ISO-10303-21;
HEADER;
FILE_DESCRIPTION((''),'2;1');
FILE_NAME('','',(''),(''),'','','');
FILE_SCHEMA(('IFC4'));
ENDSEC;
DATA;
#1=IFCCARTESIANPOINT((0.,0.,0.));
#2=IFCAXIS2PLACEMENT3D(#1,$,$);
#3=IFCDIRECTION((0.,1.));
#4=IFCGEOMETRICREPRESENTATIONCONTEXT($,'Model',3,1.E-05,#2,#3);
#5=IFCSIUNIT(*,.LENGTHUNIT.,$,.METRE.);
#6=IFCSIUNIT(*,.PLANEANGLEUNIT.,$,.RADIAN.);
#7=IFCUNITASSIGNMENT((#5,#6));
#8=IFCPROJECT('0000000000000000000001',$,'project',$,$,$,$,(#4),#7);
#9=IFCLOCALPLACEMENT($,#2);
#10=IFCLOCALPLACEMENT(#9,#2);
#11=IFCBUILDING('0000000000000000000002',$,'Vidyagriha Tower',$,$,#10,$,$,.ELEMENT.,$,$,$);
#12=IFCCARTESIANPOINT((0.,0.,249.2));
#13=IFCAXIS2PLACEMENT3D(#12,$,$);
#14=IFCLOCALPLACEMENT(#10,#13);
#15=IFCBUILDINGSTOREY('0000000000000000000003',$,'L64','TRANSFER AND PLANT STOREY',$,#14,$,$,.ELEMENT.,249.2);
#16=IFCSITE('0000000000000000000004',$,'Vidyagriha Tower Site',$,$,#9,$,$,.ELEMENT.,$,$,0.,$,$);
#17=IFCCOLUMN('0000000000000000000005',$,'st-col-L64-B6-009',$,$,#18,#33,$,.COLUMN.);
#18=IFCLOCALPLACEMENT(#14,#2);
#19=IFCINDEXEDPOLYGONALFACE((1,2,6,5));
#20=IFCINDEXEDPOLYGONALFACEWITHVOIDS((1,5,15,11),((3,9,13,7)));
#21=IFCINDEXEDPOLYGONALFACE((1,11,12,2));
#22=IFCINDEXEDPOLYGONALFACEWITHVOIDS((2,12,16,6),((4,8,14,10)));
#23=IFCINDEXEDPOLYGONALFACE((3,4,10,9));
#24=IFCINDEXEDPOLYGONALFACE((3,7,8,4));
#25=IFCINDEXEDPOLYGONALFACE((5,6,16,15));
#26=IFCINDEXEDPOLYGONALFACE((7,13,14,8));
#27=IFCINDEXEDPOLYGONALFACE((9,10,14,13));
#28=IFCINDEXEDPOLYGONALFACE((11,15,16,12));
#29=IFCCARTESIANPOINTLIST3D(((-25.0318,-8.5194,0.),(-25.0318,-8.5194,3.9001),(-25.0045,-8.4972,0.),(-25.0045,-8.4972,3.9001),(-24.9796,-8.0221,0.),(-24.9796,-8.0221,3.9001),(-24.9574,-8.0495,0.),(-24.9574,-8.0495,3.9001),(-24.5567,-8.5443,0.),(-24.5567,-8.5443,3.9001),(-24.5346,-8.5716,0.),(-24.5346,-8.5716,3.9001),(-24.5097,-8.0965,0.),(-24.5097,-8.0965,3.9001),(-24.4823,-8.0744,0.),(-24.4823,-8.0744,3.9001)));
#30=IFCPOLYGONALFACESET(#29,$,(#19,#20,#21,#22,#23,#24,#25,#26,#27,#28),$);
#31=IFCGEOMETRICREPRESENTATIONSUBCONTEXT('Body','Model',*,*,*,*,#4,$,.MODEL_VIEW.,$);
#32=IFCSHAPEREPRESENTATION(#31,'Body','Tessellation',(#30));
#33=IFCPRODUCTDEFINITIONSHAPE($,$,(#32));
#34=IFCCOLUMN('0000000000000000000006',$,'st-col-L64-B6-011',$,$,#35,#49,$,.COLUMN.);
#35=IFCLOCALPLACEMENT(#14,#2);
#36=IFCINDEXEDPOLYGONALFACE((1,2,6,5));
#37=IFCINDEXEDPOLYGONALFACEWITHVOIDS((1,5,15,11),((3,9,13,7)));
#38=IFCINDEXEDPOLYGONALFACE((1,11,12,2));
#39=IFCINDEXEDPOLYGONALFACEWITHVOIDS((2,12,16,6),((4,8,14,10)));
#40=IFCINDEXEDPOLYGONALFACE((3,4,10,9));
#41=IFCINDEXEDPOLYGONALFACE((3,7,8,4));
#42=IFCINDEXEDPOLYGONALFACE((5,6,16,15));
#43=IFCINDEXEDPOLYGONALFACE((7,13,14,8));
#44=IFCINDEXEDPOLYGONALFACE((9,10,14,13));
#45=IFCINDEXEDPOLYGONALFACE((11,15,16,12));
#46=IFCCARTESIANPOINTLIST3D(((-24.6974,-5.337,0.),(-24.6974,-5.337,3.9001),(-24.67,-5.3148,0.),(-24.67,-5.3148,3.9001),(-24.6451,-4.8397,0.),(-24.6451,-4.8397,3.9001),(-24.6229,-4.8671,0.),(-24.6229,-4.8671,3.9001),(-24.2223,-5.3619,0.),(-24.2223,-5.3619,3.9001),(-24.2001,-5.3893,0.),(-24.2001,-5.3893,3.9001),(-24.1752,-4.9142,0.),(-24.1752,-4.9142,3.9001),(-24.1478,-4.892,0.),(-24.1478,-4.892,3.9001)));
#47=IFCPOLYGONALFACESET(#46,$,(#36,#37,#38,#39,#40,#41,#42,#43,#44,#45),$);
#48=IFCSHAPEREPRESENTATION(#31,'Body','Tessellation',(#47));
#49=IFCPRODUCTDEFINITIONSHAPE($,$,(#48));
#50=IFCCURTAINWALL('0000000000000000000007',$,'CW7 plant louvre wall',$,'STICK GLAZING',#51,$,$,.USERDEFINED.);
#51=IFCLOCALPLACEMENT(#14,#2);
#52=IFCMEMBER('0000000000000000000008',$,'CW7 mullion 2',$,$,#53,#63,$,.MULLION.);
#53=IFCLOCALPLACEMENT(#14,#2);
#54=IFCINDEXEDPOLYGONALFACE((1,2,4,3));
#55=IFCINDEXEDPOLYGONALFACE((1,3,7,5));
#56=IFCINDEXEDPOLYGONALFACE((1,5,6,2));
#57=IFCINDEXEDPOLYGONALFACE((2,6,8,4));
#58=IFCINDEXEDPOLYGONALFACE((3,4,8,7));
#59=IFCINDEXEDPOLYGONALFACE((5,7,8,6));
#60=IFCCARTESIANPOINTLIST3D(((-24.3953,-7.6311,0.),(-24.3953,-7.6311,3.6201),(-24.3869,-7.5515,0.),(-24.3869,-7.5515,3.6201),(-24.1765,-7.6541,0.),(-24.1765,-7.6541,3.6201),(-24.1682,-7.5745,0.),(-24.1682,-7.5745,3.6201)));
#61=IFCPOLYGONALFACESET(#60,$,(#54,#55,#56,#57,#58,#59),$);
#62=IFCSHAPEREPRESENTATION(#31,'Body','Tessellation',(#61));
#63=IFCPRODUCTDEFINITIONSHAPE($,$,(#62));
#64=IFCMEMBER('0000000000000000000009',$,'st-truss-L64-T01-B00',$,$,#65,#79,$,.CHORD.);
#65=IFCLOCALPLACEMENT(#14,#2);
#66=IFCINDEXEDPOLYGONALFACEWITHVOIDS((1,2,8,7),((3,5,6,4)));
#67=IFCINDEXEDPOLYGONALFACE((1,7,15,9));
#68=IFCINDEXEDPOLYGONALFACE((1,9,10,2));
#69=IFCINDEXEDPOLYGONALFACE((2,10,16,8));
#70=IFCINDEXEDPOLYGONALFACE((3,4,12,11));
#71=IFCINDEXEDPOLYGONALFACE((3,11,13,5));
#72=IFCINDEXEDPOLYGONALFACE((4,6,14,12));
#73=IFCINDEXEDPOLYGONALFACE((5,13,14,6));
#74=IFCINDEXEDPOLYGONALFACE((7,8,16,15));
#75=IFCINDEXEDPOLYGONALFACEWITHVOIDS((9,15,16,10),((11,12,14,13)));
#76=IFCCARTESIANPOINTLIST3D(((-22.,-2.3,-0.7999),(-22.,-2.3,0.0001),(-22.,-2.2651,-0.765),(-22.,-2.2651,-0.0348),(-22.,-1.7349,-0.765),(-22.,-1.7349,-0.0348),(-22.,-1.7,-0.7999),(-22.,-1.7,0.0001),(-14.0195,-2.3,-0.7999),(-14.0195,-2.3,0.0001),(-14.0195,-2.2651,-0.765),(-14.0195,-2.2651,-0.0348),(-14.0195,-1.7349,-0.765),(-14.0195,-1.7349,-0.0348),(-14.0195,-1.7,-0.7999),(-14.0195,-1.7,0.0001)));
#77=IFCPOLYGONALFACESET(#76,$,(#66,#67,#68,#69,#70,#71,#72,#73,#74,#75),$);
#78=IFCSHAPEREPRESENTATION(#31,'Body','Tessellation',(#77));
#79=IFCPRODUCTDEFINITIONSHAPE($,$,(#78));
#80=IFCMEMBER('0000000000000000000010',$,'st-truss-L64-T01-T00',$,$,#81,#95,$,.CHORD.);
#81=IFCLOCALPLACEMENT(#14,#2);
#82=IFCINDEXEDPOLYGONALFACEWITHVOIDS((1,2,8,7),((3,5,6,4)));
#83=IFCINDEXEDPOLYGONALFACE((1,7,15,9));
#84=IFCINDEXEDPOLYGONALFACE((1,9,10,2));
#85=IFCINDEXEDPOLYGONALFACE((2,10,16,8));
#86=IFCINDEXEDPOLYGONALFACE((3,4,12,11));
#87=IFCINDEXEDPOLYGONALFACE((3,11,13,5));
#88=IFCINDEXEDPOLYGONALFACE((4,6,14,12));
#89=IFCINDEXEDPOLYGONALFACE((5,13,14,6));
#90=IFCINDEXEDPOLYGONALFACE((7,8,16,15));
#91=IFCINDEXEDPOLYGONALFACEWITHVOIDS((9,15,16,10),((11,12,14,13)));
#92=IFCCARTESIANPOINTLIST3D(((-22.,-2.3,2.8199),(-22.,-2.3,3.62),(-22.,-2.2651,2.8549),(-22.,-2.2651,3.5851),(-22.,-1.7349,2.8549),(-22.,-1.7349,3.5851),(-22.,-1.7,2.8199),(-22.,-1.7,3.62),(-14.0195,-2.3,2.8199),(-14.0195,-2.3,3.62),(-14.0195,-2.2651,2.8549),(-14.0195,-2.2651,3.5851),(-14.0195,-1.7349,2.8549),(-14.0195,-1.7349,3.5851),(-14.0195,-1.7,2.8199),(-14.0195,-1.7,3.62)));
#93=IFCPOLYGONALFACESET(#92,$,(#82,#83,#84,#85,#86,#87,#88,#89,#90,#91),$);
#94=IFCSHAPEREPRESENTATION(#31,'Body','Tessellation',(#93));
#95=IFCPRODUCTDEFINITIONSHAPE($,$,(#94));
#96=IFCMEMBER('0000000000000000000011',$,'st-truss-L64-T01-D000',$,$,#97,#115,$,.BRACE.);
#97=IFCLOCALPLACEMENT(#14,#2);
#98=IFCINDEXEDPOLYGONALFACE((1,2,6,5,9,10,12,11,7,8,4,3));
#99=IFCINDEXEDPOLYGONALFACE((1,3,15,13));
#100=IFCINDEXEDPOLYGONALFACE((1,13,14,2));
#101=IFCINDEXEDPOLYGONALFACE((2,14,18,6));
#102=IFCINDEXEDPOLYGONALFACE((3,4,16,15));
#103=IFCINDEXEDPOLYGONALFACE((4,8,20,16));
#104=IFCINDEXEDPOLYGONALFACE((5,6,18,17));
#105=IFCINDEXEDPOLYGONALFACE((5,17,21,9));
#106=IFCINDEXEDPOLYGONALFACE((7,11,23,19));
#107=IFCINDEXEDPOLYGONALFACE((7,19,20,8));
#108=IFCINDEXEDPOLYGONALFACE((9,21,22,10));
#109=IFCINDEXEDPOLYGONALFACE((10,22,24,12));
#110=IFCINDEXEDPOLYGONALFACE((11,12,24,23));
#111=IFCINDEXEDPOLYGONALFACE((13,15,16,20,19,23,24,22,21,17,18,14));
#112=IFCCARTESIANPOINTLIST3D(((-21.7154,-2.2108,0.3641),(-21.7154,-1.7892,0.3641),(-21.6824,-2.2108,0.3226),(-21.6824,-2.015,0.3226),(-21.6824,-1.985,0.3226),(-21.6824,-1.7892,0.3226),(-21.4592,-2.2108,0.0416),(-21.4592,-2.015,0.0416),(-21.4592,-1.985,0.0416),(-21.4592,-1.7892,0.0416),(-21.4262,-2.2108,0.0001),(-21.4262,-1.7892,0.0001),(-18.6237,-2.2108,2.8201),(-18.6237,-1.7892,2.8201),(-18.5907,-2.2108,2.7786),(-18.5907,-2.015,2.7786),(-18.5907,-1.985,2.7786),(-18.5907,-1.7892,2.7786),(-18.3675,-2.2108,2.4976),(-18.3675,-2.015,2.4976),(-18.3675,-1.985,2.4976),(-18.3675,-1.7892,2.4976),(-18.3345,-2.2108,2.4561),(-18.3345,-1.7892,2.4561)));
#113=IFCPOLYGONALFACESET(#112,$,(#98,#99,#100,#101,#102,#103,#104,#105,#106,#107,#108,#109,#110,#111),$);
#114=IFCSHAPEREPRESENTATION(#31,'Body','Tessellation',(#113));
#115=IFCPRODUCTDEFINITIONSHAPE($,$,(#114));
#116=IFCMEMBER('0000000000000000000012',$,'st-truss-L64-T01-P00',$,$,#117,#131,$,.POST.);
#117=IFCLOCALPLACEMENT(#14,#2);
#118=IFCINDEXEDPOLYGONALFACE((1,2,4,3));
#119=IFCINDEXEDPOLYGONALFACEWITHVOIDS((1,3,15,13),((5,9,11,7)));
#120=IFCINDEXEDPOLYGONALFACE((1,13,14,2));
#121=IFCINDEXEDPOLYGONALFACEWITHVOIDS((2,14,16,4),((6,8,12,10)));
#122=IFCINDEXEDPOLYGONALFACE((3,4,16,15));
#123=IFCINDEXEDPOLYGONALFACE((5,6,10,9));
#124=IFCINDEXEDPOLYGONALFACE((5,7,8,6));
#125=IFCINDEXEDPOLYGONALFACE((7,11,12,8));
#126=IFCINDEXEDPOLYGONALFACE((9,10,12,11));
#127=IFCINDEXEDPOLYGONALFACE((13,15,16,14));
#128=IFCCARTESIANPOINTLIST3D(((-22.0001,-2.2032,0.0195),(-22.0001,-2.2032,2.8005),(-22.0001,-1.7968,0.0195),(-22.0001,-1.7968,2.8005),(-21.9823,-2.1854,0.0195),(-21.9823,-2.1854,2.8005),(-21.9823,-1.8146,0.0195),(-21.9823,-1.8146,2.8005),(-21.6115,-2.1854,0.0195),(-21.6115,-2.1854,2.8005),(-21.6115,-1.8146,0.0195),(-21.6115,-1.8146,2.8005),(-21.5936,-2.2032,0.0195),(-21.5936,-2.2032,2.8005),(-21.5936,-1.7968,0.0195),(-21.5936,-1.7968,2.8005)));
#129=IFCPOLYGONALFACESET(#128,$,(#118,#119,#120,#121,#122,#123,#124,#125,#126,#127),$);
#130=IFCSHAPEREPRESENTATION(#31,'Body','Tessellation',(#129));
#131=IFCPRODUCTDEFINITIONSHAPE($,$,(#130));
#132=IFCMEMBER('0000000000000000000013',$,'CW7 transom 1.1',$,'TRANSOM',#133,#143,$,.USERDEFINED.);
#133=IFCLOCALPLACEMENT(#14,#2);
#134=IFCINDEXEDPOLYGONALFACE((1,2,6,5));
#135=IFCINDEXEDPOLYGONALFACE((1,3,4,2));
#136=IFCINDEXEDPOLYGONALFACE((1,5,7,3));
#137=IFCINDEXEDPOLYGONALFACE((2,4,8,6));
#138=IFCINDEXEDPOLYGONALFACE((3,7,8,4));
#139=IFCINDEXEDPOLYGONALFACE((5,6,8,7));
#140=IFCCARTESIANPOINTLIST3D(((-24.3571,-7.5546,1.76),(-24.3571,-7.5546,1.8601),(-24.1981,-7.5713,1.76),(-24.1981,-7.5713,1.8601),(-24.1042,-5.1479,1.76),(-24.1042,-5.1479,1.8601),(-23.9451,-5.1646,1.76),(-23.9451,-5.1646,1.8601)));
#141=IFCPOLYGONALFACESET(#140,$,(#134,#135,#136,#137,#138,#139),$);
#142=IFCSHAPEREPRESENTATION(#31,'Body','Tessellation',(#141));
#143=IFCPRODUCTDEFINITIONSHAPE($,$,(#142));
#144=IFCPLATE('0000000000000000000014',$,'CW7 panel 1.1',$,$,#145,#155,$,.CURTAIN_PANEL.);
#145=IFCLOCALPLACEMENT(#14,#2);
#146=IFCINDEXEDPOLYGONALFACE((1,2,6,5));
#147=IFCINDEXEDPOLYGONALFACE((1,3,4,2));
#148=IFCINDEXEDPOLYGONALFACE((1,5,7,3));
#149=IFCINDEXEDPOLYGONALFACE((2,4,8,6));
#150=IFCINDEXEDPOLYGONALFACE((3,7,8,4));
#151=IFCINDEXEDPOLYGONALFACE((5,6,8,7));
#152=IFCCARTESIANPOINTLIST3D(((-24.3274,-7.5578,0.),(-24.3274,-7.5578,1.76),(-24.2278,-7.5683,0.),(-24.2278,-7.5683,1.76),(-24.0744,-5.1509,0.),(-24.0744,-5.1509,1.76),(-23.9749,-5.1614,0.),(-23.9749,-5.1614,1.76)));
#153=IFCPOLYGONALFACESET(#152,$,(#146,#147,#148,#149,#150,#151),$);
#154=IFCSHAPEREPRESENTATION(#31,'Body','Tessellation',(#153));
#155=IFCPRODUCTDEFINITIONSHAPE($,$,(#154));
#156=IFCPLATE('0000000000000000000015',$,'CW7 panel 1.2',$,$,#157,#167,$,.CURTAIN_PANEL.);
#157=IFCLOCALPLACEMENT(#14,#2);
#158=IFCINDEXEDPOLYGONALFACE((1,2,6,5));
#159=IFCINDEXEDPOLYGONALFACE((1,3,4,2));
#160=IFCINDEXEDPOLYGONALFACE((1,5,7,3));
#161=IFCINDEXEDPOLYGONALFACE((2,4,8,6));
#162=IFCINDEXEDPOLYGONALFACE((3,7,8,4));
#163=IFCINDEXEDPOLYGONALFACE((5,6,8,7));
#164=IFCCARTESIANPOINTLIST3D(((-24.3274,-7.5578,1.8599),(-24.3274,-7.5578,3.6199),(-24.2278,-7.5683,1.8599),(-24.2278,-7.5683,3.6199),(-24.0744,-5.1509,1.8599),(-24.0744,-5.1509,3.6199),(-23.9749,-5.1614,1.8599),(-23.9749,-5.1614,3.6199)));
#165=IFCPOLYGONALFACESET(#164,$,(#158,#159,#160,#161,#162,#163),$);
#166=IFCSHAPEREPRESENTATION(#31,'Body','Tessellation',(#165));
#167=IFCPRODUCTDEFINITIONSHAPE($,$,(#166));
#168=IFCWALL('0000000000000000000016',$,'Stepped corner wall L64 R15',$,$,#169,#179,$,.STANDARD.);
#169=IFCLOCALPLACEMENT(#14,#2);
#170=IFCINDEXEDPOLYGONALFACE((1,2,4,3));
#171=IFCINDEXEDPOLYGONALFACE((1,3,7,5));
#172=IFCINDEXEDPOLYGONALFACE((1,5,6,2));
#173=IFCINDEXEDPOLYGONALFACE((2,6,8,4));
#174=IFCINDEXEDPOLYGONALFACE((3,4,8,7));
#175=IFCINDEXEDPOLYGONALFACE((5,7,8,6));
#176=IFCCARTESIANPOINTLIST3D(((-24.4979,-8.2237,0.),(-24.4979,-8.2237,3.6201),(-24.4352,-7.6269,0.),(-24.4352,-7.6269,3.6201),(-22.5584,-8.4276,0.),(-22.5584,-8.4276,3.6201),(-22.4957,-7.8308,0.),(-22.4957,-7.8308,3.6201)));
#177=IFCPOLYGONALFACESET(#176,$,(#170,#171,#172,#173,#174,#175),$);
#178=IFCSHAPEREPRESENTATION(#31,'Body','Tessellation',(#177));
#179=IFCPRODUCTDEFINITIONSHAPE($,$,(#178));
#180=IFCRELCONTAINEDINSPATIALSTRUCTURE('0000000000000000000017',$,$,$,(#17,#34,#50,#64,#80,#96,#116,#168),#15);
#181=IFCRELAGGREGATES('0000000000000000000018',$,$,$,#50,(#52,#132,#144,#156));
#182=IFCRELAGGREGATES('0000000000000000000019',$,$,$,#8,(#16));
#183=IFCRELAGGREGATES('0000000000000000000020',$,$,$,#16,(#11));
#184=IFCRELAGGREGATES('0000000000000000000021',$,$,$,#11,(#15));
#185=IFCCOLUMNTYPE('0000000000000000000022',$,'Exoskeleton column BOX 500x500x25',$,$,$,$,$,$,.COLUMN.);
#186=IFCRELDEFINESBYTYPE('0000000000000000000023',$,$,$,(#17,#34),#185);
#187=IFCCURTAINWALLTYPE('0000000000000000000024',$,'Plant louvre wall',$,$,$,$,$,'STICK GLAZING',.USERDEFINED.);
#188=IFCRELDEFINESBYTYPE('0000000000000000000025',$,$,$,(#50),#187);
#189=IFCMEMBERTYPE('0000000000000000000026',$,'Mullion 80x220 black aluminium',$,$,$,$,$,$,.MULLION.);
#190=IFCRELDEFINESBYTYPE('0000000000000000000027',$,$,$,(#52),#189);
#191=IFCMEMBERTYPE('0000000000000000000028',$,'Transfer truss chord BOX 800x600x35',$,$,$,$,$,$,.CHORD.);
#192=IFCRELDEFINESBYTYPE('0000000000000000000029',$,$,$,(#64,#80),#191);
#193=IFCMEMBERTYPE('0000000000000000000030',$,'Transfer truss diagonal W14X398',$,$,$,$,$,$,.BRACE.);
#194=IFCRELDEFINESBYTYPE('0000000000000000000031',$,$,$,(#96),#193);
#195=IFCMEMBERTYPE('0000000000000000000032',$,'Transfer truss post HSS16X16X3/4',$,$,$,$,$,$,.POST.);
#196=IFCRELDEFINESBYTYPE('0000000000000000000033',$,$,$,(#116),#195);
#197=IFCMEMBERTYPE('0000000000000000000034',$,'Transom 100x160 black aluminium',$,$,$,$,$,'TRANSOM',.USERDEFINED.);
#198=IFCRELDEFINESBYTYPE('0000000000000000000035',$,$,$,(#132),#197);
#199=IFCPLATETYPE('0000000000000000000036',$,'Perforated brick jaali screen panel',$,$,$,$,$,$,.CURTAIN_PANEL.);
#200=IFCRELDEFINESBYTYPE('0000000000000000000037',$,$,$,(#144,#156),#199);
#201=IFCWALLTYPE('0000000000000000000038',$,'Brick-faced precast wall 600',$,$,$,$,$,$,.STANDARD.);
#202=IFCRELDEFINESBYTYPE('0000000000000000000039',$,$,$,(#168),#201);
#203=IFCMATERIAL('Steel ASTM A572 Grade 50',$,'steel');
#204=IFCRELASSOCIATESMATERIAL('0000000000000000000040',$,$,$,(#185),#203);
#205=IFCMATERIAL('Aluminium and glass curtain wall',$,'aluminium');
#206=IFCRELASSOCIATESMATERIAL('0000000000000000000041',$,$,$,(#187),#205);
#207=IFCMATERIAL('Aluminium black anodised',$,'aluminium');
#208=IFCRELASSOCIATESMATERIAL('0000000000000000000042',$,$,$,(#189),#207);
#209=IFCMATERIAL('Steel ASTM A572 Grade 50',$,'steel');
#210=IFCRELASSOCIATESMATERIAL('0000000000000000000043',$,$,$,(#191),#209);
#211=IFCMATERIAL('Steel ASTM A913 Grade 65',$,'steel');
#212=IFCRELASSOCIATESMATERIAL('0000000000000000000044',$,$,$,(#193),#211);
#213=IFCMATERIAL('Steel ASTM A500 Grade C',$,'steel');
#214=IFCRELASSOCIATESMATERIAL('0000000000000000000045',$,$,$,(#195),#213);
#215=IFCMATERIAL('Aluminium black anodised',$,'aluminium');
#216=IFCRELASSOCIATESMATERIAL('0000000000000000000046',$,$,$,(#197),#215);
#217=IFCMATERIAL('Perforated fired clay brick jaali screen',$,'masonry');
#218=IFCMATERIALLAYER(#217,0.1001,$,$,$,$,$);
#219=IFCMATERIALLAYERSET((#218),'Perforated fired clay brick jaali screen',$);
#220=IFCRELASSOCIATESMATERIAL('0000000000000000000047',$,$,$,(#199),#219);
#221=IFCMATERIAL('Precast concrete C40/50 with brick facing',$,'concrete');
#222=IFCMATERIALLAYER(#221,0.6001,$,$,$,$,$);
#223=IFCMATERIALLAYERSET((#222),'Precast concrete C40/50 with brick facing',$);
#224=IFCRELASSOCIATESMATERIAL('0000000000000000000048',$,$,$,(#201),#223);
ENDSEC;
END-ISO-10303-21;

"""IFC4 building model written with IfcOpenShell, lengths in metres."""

from ifc_helpers import new_model, si_unit, direction, frame, frame_2d, origin, origin_2d, place, context, subcontext, project, spatial, rectangle, hollow_rectangle, i_section, extrude, material, layer, layer_set, material_profile, profile_set, type_object, element, aggregate, save


model = new_model("IFC4")

# Units and contexts
model_context = context("Model", 3, precision=1e-05, world=origin(), true_north=direction((0.0, 1.0)))
body_context = subcontext(model_context, "Body", "Model", "MODEL_VIEW")
ifc_project = project(units=[si_unit("LENGTHUNIT", "METRE"), si_unit("PLANEANGLEUNIT", "RADIAN")], contexts=[model_context])

# Site, building, storey
site_placement = place(None, origin())
site = spatial("IfcSite", under=ifc_project, at=site_placement, Name="Vidyagriha Tower Site", CompositionType="ELEMENT", RefElevation=0.0)
building_placement = place(site_placement, origin())
building = spatial("IfcBuilding", under=site, at=building_placement, Name="Vidyagriha Tower", CompositionType="ELEMENT")
storey_placement = place(building_placement, frame((0.0, 0.0, 249.2)))
storey = spatial("IfcBuildingStorey", under=building, at=storey_placement, Name="L64", Description="TRANSFER AND PLANT STOREY", CompositionType="ELEMENT", Elevation=249.2)

# Columns
ifc_material_1 = material(Name="Steel ASTM A572 Grade 50", Category="steel")
ifc_material_profile_1 = material_profile(ifc_material_1, hollow_rectangle(XDim=0.5, YDim=0.5, WallThickness=0.0249, at=origin_2d()), Name="BOX 500x500x25")
ifc_profile_set_1 = profile_set([ifc_material_profile_1], Name="Steel ASTM A572 Grade 50")
column_type = type_object("IfcColumnType", Name="Exoskeleton column BOX 500x500x25", PredefinedType="COLUMN", material=ifc_profile_set_1)
for number, where, z_axis, x_axis, name in (
    (1, (-24.7571, -8.2969, 0.0), (0.0, 0.0, 1.0), (0.994522, -0.104528, 0.0), "st-col-L64-B6-009"),
    (2, (-24.4226, -5.1145, 0.0), (0.0, 0.0, 1.0), (0.994522, -0.104528, 0.0), "st-col-L64-B6-011"),
):
    element("IfcColumn", number, at=place(storey_placement, frame(where, z_axis=z_axis, x_axis=x_axis)), inside=storey, type_object=column_type, Name=name, PredefinedType="COLUMN", context=body_context, shape_type="SweptSolid", body=[
        extrude(hollow_rectangle(XDim=0.5, YDim=0.5, WallThickness=0.0249, at=origin_2d()), origin(), (0.0, 0.0, 1.0), 3.9001),
    ])

# Curtain wall, member
ifc_material_2 = material(Name="Aluminium and glass curtain wall", Category="aluminium")
curtain_wall_type = type_object("IfcCurtainWallType", Name="Plant louvre wall", ElementType="STICK GLAZING", PredefinedType="USERDEFINED", material=ifc_material_2)
curtain_wall_placement = place(storey_placement, origin())
curtain_wall = element("IfcCurtainWall", 3, at=curtain_wall_placement, inside=storey, type_object=curtain_wall_type, Name="CW7 plant louvre wall", ObjectType="STICK GLAZING", PredefinedType="USERDEFINED")
ifc_material_3 = material(Name="Aluminium black anodised", Category="aluminium")
ifc_material_profile_2 = material_profile(ifc_material_3, rectangle(XDim=0.22, YDim=0.0801, at=origin_2d()), Name="Mullion 80x220 black aluminium")
ifc_profile_set_2 = profile_set([ifc_material_profile_2], Name="Aluminium black anodised")
member_type_1 = type_object("IfcMemberType", Name="Mullion 80x220 black aluminium", PredefinedType="MULLION", material=ifc_profile_set_2)
member_1_placement = place(storey_placement, frame((-24.2817, -7.6028, 0.0), z_axis=(0.0, 0.0, 1.0), x_axis=(0.994523, -0.104516, 0.0)))
member_1 = element("IfcMember", 4, at=member_1_placement, type_object=member_type_1, Name="CW7 mullion 2", PredefinedType="MULLION", context=body_context, shape_type="SweptSolid", body=[
    extrude(rectangle(XDim=0.22, YDim=0.0801, at=origin_2d()), origin(), (0.0, 0.0, 1.0), 3.6201),
])

# Members
ifc_material_4 = material(Name="Steel ASTM A572 Grade 50", Category="steel")
ifc_material_profile_3 = material_profile(ifc_material_4, hollow_rectangle(XDim=0.6001, YDim=0.8, WallThickness=0.0349, at=origin_2d()), Name="BOX 800x600x35")
ifc_profile_set_3 = profile_set([ifc_material_profile_3], Name="Steel ASTM A572 Grade 50")
member_type_2 = type_object("IfcMemberType", Name="Transfer truss chord BOX 800x600x35", PredefinedType="CHORD", material=ifc_profile_set_3)
for number, where, z_axis, x_axis, name in (
    (5, (-22.0, -2.0, -0.3999), (1.0, 0.0, 0.0), (0.0, 1.0, 0.0), "st-truss-L64-T01-B00"),
    (6, (-22.0, -2.0, 3.22), (1.0, 0.0, 0.0), (0.0, 1.0, 0.0), "st-truss-L64-T01-T00"),
):
    element("IfcMember", number, at=place(storey_placement, frame(where, z_axis=z_axis, x_axis=x_axis)), inside=storey, type_object=member_type_2, Name=name, PredefinedType="CHORD", context=body_context, shape_type="SweptSolid", body=[
        extrude(hollow_rectangle(XDim=0.6001, YDim=0.8, WallThickness=0.0349, at=origin_2d()), origin(), (0.0, 0.0, 1.0), 7.9805),
    ])
ifc_material_5 = material(Name="Steel ASTM A913 Grade 65", Category="steel")
ifc_material_profile_4 = material_profile(ifc_material_5, i_section(OverallWidth=0.4216, OverallDepth=0.4648, WebThickness=0.03, FlangeThickness=0.053, at=origin_2d()), Name="W14X398")
ifc_profile_set_4 = profile_set([ifc_material_profile_4], Name="Steel ASTM A913 Grade 65")
member_type_3 = type_object("IfcMemberType", Name="Transfer truss diagonal W14X398", PredefinedType="BRACE", material=ifc_profile_set_4)
member_2_placement = place(storey_placement, frame((-21.5708, -2.0, 0.1821), z_axis=(0.783012, 0.0, 0.622007), x_axis=(0.0, 1.0, 0.0)))
element("IfcMember", 7, at=member_2_placement, inside=storey, type_object=member_type_3, Name="st-truss-L64-T01-D000", PredefinedType="BRACE", context=body_context, shape_type="SweptSolid", body=[
    extrude(i_section(OverallWidth=0.4216, OverallDepth=0.4648, WebThickness=0.03, FlangeThickness=0.053, at=origin_2d()), origin(), (0.0, 0.0, 1.0), 3.9485),
])
ifc_material_6 = material(Name="Steel ASTM A500 Grade C", Category="steel")
ifc_material_profile_5 = material_profile(ifc_material_6, hollow_rectangle(XDim=0.4065, YDim=0.4065, WallThickness=0.0178, at=origin_2d()), Name="HSS16X16X3/4")
ifc_profile_set_5 = profile_set([ifc_material_profile_5], Name="Steel ASTM A500 Grade C")
member_type_4 = type_object("IfcMemberType", Name="Transfer truss post HSS16X16X3/4", PredefinedType="POST", material=ifc_profile_set_5)
member_3_placement = place(storey_placement, frame((-21.7969, -2.0, 0.0195)))
element("IfcMember", 8, at=member_3_placement, inside=storey, type_object=member_type_4, Name="st-truss-L64-T01-P00", PredefinedType="POST", context=body_context, shape_type="SweptSolid", body=[
    extrude(hollow_rectangle(XDim=0.4065, YDim=0.4065, WallThickness=0.0178, at=origin_2d()), origin(), (0.0, 0.0, 1.0), 2.781),
])

# Member
ifc_material_7 = material(Name="Aluminium black anodised", Category="aluminium")
ifc_material_profile_6 = material_profile(ifc_material_7, rectangle(XDim=0.1599, YDim=0.1001, at=origin_2d()), Name="Transom 100x160 black aluminium")
ifc_profile_set_6 = profile_set([ifc_material_profile_6], Name="Aluminium black anodised")
member_type_5 = type_object("IfcMemberType", Name="Transom 100x160 black aluminium", ElementType="TRANSOM", PredefinedType="USERDEFINED", material=ifc_profile_set_6)
member_4_placement = place(storey_placement, frame((-24.0247, -5.1562, 1.8101), z_axis=(-0.104517, -0.994523, 0.0), x_axis=(0.994523, -0.104517, 0.0)))
member_4 = element("IfcMember", 9, at=member_4_placement, type_object=member_type_5, Name="CW7 transom 1.1", ObjectType="TRANSOM", PredefinedType="USERDEFINED", context=body_context, shape_type="SweptSolid", body=[
    extrude(rectangle(XDim=0.1599, YDim=0.1001, at=origin_2d()), origin(), (0.0, 0.0, 1.0), 2.4199),
])

# Plates
ifc_material_8 = material(Name="Perforated fired clay brick jaali screen", Category="masonry")
ifc_layer_1 = layer(ifc_material_8, 0.1001)
ifc_layer_set_1 = layer_set([ifc_layer_1], Name="Perforated fired clay brick jaali screen")
plate_type = type_object("IfcPlateType", Name="Perforated brick jaali screen panel", PredefinedType="CURTAIN_PANEL", material=ifc_layer_set_1)
plate_1_placement = place(storey_placement, frame((-24.1511, -6.3596, 0.0), z_axis=(0.0, 0.0, 1.0), x_axis=(-0.104516, -0.994523, 0.0)))
plate_1 = element("IfcPlate", 10, at=plate_1_placement, type_object=plate_type, Name="CW7 panel 1.1", PredefinedType="CURTAIN_PANEL", context=body_context, shape_type="SweptSolid", body=[
    extrude(rectangle(XDim=2.4202, YDim=0.1001, at=origin_2d()), origin(), (0.0, 0.0, 1.0), 1.76),
])
plate_2_placement = place(storey_placement, frame((-24.1511, -6.3596, 1.8599), z_axis=(0.0, 0.0, 1.0), x_axis=(-0.104516, -0.994523, 0.0)))
plate_2 = element("IfcPlate", 11, at=plate_2_placement, type_object=plate_type, Name="CW7 panel 1.2", PredefinedType="CURTAIN_PANEL", context=body_context, shape_type="SweptSolid", body=[
    extrude(rectangle(XDim=2.4202, YDim=0.1001, at=origin_2d()), origin(), (0.0, 0.0, 1.0), 1.76),
])
aggregate(curtain_wall, [member_1, member_4, plate_1, plate_2])

# Wall
ifc_material_9 = material(Name="Precast concrete C40/50 with brick facing", Category="concrete")
ifc_layer_2 = layer(ifc_material_9, 0.6001)
ifc_layer_set_2 = layer_set([ifc_layer_2], Name="Precast concrete C40/50 with brick facing")
wall_type_1 = type_object("IfcWallType", Name="Brick-faced precast wall 600", PredefinedType="STANDARD", material=ifc_layer_set_2)
wall_1_placement = place(storey_placement, frame((-24.4666, -7.9253, 0.0), z_axis=(0.0, 0.0, 1.0), x_axis=(0.994521, -0.104535, 0.0)))
element("IfcWall", 12, at=wall_1_placement, inside=storey, type_object=wall_type_1, Name="Stepped corner wall L64 R15", PredefinedType="STANDARD", context=body_context, shape_type="SweptSolid", body=[
    extrude(rectangle(XDim=1.9502, YDim=0.6001, at=frame_2d((0.9751, 0.0))), origin(), (0.0, 0.0, 1.0), 3.6201),
])

save(model, "model.ifc")
